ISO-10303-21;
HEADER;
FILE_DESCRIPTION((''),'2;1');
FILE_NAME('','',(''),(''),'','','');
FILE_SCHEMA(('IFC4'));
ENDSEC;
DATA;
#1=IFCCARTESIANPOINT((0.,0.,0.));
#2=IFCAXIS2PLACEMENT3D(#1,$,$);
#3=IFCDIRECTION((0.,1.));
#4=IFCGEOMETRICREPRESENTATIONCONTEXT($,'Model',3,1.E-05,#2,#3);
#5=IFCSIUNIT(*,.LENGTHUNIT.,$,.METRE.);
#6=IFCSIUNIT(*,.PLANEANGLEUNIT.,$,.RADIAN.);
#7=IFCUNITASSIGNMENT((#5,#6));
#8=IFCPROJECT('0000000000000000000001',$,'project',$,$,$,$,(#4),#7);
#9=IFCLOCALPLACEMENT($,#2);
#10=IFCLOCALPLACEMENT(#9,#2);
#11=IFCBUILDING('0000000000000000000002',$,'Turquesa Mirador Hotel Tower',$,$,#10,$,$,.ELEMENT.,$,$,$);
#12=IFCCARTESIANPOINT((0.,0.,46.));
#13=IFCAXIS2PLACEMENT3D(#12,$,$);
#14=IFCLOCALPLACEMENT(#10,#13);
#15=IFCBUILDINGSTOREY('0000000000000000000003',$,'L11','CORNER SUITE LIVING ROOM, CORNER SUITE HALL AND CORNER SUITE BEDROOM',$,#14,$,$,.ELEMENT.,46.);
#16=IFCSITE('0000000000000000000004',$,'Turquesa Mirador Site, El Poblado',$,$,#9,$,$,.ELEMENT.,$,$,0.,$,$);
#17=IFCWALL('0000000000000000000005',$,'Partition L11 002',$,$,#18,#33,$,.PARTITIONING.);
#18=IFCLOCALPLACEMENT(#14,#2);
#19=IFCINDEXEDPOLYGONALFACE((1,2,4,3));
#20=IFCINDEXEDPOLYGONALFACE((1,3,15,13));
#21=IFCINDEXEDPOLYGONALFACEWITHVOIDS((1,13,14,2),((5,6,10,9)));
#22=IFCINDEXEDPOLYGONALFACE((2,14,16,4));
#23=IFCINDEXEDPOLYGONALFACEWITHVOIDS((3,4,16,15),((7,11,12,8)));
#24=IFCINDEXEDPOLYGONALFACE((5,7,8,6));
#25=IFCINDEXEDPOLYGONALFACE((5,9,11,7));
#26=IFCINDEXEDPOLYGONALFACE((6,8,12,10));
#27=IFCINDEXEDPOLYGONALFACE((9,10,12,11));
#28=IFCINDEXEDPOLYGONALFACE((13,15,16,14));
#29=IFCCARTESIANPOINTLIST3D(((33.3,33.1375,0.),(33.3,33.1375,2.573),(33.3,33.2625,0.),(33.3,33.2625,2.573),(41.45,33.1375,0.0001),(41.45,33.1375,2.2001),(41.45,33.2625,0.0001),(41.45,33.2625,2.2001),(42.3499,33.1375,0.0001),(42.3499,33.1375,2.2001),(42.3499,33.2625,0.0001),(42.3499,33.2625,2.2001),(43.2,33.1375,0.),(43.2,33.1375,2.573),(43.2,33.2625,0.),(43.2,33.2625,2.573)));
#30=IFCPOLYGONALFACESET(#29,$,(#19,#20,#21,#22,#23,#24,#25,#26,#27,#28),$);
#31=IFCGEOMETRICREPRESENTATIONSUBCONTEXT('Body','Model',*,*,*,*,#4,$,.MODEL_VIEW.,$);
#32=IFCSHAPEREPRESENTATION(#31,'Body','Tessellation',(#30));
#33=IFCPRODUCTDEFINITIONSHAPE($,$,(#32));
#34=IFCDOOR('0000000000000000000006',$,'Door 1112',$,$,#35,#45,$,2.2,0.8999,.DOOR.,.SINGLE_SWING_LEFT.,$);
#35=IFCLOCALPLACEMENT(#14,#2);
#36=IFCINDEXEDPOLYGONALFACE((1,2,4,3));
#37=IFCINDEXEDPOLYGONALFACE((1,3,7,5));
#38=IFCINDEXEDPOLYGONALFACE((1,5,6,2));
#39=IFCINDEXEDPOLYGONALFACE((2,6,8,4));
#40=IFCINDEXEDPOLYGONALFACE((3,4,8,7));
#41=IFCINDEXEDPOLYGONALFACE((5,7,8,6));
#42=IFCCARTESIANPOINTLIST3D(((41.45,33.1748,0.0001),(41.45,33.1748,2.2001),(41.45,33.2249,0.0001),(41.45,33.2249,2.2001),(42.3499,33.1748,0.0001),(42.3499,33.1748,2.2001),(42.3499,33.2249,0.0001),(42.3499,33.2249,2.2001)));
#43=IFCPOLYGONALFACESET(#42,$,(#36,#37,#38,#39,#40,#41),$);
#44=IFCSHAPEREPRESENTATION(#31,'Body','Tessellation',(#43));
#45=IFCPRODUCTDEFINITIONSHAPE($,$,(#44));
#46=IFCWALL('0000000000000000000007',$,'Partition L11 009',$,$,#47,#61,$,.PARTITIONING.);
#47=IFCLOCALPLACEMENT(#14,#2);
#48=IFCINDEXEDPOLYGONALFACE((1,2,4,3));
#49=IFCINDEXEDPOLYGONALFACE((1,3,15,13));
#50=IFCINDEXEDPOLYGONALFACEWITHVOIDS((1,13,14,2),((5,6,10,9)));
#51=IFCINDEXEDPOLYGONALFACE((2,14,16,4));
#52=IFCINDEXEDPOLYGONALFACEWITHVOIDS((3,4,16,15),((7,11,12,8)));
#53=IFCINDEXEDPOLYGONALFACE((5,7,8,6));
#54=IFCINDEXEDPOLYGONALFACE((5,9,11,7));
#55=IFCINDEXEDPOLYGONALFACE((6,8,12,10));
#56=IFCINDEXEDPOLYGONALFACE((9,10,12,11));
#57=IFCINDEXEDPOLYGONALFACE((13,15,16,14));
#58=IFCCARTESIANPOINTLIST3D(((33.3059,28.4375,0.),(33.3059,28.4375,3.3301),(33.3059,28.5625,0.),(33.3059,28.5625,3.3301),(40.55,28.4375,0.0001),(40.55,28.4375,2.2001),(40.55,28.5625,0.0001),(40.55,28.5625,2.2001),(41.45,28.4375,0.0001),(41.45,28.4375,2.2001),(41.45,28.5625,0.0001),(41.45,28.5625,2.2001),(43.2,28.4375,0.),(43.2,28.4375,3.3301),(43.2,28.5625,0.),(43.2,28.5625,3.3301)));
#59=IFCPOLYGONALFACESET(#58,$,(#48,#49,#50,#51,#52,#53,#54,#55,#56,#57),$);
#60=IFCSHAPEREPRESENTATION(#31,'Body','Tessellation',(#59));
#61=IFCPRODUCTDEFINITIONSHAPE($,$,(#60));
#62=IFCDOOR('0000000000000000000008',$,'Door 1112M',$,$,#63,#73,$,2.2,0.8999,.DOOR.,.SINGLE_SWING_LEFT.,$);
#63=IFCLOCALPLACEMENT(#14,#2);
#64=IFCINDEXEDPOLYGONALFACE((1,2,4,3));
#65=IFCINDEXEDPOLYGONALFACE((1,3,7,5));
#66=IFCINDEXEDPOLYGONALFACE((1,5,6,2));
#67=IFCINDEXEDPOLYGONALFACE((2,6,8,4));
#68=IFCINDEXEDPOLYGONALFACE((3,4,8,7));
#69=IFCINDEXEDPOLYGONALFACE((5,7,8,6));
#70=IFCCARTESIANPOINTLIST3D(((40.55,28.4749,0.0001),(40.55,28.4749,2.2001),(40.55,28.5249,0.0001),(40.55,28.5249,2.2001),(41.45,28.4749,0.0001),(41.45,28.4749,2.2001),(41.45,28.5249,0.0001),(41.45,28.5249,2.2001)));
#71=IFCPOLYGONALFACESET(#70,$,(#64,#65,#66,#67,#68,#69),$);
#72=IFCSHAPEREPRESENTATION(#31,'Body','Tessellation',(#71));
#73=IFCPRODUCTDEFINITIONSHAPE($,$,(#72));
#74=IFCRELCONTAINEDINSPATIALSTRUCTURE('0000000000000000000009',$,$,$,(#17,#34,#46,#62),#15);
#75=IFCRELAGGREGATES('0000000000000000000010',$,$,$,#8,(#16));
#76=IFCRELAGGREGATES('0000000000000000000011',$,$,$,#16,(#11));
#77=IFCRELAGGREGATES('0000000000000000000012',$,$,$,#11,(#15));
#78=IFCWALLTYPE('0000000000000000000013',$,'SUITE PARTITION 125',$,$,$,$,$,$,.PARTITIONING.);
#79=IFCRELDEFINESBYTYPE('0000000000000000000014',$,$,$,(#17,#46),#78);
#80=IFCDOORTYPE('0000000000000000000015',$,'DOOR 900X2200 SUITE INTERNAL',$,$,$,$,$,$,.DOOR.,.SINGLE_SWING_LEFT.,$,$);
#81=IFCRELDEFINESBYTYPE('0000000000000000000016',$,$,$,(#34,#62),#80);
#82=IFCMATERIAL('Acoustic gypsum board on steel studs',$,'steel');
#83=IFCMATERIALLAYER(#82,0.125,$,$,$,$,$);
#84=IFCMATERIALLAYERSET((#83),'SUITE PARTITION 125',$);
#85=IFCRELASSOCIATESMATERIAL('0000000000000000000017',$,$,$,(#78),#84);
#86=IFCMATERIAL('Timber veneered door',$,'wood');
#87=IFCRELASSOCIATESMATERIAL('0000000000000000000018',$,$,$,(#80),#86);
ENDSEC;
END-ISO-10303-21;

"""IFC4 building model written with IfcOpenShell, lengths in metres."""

from ifc_helpers import new_model, si_unit, direction, frame, frame_2d, origin, place, context, subcontext, project, spatial, rectangle, extrude, material, layer, layer_set, type_object, element, fill, save


model = new_model("IFC4")

# Units and contexts
model_context = context("Model", 3, precision=1e-05, world=origin(), true_north=direction((0.0, 1.0)))
body_context = subcontext(model_context, "Body", "Model", "MODEL_VIEW")
ifc_project = project(units=[si_unit("LENGTHUNIT", "METRE"), si_unit("PLANEANGLEUNIT", "RADIAN")], contexts=[model_context])

# Site, building, storey
site_placement = place(None, origin())
site = spatial("IfcSite", under=ifc_project, at=site_placement, Name="Turquesa Mirador Site, El Poblado", CompositionType="ELEMENT", RefElevation=0.0)
building_placement = place(site_placement, origin())
building = spatial("IfcBuilding", under=site, at=building_placement, Name="Turquesa Mirador Hotel Tower", CompositionType="ELEMENT")
storey_placement = place(building_placement, frame((0.0, 0.0, 46.0)))
storey = spatial("IfcBuildingStorey", under=building, at=storey_placement, Name="L11", Description="CORNER SUITE LIVING ROOM, CORNER SUITE HALL AND CORNER SUITE BEDROOM", CompositionType="ELEMENT", Elevation=46.0)

# Walls, openings, doors
ifc_material_1 = material(Name="Acoustic gypsum board on steel studs", Category="steel")
ifc_layer_1 = layer(ifc_material_1, 0.125)
ifc_layer_set_1 = layer_set([ifc_layer_1], Name="SUITE PARTITION 125")
wall_type_1 = type_object("IfcWallType", Name="SUITE PARTITION 125", PredefinedType="PARTITIONING", material=ifc_layer_set_1)
wall_1_placement = place(storey_placement, frame((33.3, 33.2, 0.0), z_axis=(0.0, 0.0, 1.0), x_axis=(1.0, 0.0, 0.0)))
wall_1 = element("IfcWall", 1, at=wall_1_placement, inside=storey, type_object=wall_type_1, Name="Partition L11 002", PredefinedType="PARTITIONING", context=body_context, shape_type="SweptSolid", body=[
    extrude(rectangle(XDim=9.8999, YDim=0.125, at=frame_2d((4.95, 0.0))), origin(), (0.0, 0.0, 1.0), 2.573),
])
opening_1_placement = place(wall_1_placement, frame((8.1499, 0.0, 0.0)))
opening_1 = element("IfcOpeningElement", 2, at=opening_1_placement, cuts=wall_1, PredefinedType="OPENING", context=body_context, shape_type="SweptSolid", body=[
    extrude(rectangle(XDim=0.8999, YDim=2.2, at=frame_2d((0.45, 1.1001))), frame((0.0, 0.0725, 0.0), z_axis=(0.0, -1.0, 0.0), x_axis=(1.0, 0.0, 0.0)), (0.0, 0.0, 1.0), 0.145),
])
ifc_material_2 = material(Name="Timber veneered door", Category="wood")
door_type = type_object("IfcDoorType", Name="DOOR 900X2200 SUITE INTERNAL", OperationType="SINGLE_SWING_LEFT", PredefinedType="DOOR", material=ifc_material_2)
door_1_placement = place(opening_1_placement, origin())
door_1 = element("IfcDoor", 3, at=door_1_placement, inside=storey, type_object=door_type, Name="Door 1112", OperationType="SINGLE_SWING_LEFT", OverallHeight=2.2, OverallWidth=0.8999, PredefinedType="DOOR", context=body_context, shape_type="SweptSolid", body=[
    extrude(rectangle(XDim=0.8999, YDim=2.2, at=frame_2d((0.45, 1.1001))), frame((0.0, 0.0249, 0.0), z_axis=(0.0, -1.0, 0.0), x_axis=(1.0, 0.0, 0.0)), (0.0, 0.0, 1.0), 0.05),
])
fill(opening_1, door_1)
wall_2_placement = place(storey_placement, frame((33.3059, 28.5, 0.0), z_axis=(0.0, 0.0, 1.0), x_axis=(1.0, 0.0, 0.0)))
wall_2 = element("IfcWall", 4, at=wall_2_placement, inside=storey, type_object=wall_type_1, Name="Partition L11 009", PredefinedType="PARTITIONING", context=body_context, shape_type="SweptSolid", body=[
    extrude(rectangle(XDim=9.894, YDim=0.125, at=frame_2d((4.947, 0.0))), origin(), (0.0, 0.0, 1.0), 3.3301),
])
opening_2_placement = place(wall_2_placement, frame((7.2441, 0.0, 0.0)))
opening_2 = element("IfcOpeningElement", 5, at=opening_2_placement, cuts=wall_2, PredefinedType="OPENING", context=body_context, shape_type="SweptSolid", body=[
    extrude(rectangle(XDim=0.8999, YDim=2.2, at=frame_2d((0.45, 1.1001))), frame((0.0, 0.0725, 0.0), z_axis=(0.0, -1.0, 0.0), x_axis=(1.0, 0.0, 0.0)), (0.0, 0.0, 1.0), 0.145),
])
door_2_placement = place(opening_2_placement, origin())
door_2 = element("IfcDoor", 6, at=door_2_placement, inside=storey, type_object=door_type, Name="Door 1112M", OperationType="SINGLE_SWING_LEFT", OverallHeight=2.2, OverallWidth=0.8999, PredefinedType="DOOR", context=body_context, shape_type="SweptSolid", body=[
    extrude(rectangle(XDim=0.8999, YDim=2.2, at=frame_2d((0.45, 1.1001))), frame((0.0, 0.0249, 0.0), z_axis=(0.0, -1.0, 0.0), x_axis=(1.0, 0.0, 0.0)), (0.0, 0.0, 1.0), 0.05),
])
fill(opening_2, door_2)

save(model, "model.ifc")
